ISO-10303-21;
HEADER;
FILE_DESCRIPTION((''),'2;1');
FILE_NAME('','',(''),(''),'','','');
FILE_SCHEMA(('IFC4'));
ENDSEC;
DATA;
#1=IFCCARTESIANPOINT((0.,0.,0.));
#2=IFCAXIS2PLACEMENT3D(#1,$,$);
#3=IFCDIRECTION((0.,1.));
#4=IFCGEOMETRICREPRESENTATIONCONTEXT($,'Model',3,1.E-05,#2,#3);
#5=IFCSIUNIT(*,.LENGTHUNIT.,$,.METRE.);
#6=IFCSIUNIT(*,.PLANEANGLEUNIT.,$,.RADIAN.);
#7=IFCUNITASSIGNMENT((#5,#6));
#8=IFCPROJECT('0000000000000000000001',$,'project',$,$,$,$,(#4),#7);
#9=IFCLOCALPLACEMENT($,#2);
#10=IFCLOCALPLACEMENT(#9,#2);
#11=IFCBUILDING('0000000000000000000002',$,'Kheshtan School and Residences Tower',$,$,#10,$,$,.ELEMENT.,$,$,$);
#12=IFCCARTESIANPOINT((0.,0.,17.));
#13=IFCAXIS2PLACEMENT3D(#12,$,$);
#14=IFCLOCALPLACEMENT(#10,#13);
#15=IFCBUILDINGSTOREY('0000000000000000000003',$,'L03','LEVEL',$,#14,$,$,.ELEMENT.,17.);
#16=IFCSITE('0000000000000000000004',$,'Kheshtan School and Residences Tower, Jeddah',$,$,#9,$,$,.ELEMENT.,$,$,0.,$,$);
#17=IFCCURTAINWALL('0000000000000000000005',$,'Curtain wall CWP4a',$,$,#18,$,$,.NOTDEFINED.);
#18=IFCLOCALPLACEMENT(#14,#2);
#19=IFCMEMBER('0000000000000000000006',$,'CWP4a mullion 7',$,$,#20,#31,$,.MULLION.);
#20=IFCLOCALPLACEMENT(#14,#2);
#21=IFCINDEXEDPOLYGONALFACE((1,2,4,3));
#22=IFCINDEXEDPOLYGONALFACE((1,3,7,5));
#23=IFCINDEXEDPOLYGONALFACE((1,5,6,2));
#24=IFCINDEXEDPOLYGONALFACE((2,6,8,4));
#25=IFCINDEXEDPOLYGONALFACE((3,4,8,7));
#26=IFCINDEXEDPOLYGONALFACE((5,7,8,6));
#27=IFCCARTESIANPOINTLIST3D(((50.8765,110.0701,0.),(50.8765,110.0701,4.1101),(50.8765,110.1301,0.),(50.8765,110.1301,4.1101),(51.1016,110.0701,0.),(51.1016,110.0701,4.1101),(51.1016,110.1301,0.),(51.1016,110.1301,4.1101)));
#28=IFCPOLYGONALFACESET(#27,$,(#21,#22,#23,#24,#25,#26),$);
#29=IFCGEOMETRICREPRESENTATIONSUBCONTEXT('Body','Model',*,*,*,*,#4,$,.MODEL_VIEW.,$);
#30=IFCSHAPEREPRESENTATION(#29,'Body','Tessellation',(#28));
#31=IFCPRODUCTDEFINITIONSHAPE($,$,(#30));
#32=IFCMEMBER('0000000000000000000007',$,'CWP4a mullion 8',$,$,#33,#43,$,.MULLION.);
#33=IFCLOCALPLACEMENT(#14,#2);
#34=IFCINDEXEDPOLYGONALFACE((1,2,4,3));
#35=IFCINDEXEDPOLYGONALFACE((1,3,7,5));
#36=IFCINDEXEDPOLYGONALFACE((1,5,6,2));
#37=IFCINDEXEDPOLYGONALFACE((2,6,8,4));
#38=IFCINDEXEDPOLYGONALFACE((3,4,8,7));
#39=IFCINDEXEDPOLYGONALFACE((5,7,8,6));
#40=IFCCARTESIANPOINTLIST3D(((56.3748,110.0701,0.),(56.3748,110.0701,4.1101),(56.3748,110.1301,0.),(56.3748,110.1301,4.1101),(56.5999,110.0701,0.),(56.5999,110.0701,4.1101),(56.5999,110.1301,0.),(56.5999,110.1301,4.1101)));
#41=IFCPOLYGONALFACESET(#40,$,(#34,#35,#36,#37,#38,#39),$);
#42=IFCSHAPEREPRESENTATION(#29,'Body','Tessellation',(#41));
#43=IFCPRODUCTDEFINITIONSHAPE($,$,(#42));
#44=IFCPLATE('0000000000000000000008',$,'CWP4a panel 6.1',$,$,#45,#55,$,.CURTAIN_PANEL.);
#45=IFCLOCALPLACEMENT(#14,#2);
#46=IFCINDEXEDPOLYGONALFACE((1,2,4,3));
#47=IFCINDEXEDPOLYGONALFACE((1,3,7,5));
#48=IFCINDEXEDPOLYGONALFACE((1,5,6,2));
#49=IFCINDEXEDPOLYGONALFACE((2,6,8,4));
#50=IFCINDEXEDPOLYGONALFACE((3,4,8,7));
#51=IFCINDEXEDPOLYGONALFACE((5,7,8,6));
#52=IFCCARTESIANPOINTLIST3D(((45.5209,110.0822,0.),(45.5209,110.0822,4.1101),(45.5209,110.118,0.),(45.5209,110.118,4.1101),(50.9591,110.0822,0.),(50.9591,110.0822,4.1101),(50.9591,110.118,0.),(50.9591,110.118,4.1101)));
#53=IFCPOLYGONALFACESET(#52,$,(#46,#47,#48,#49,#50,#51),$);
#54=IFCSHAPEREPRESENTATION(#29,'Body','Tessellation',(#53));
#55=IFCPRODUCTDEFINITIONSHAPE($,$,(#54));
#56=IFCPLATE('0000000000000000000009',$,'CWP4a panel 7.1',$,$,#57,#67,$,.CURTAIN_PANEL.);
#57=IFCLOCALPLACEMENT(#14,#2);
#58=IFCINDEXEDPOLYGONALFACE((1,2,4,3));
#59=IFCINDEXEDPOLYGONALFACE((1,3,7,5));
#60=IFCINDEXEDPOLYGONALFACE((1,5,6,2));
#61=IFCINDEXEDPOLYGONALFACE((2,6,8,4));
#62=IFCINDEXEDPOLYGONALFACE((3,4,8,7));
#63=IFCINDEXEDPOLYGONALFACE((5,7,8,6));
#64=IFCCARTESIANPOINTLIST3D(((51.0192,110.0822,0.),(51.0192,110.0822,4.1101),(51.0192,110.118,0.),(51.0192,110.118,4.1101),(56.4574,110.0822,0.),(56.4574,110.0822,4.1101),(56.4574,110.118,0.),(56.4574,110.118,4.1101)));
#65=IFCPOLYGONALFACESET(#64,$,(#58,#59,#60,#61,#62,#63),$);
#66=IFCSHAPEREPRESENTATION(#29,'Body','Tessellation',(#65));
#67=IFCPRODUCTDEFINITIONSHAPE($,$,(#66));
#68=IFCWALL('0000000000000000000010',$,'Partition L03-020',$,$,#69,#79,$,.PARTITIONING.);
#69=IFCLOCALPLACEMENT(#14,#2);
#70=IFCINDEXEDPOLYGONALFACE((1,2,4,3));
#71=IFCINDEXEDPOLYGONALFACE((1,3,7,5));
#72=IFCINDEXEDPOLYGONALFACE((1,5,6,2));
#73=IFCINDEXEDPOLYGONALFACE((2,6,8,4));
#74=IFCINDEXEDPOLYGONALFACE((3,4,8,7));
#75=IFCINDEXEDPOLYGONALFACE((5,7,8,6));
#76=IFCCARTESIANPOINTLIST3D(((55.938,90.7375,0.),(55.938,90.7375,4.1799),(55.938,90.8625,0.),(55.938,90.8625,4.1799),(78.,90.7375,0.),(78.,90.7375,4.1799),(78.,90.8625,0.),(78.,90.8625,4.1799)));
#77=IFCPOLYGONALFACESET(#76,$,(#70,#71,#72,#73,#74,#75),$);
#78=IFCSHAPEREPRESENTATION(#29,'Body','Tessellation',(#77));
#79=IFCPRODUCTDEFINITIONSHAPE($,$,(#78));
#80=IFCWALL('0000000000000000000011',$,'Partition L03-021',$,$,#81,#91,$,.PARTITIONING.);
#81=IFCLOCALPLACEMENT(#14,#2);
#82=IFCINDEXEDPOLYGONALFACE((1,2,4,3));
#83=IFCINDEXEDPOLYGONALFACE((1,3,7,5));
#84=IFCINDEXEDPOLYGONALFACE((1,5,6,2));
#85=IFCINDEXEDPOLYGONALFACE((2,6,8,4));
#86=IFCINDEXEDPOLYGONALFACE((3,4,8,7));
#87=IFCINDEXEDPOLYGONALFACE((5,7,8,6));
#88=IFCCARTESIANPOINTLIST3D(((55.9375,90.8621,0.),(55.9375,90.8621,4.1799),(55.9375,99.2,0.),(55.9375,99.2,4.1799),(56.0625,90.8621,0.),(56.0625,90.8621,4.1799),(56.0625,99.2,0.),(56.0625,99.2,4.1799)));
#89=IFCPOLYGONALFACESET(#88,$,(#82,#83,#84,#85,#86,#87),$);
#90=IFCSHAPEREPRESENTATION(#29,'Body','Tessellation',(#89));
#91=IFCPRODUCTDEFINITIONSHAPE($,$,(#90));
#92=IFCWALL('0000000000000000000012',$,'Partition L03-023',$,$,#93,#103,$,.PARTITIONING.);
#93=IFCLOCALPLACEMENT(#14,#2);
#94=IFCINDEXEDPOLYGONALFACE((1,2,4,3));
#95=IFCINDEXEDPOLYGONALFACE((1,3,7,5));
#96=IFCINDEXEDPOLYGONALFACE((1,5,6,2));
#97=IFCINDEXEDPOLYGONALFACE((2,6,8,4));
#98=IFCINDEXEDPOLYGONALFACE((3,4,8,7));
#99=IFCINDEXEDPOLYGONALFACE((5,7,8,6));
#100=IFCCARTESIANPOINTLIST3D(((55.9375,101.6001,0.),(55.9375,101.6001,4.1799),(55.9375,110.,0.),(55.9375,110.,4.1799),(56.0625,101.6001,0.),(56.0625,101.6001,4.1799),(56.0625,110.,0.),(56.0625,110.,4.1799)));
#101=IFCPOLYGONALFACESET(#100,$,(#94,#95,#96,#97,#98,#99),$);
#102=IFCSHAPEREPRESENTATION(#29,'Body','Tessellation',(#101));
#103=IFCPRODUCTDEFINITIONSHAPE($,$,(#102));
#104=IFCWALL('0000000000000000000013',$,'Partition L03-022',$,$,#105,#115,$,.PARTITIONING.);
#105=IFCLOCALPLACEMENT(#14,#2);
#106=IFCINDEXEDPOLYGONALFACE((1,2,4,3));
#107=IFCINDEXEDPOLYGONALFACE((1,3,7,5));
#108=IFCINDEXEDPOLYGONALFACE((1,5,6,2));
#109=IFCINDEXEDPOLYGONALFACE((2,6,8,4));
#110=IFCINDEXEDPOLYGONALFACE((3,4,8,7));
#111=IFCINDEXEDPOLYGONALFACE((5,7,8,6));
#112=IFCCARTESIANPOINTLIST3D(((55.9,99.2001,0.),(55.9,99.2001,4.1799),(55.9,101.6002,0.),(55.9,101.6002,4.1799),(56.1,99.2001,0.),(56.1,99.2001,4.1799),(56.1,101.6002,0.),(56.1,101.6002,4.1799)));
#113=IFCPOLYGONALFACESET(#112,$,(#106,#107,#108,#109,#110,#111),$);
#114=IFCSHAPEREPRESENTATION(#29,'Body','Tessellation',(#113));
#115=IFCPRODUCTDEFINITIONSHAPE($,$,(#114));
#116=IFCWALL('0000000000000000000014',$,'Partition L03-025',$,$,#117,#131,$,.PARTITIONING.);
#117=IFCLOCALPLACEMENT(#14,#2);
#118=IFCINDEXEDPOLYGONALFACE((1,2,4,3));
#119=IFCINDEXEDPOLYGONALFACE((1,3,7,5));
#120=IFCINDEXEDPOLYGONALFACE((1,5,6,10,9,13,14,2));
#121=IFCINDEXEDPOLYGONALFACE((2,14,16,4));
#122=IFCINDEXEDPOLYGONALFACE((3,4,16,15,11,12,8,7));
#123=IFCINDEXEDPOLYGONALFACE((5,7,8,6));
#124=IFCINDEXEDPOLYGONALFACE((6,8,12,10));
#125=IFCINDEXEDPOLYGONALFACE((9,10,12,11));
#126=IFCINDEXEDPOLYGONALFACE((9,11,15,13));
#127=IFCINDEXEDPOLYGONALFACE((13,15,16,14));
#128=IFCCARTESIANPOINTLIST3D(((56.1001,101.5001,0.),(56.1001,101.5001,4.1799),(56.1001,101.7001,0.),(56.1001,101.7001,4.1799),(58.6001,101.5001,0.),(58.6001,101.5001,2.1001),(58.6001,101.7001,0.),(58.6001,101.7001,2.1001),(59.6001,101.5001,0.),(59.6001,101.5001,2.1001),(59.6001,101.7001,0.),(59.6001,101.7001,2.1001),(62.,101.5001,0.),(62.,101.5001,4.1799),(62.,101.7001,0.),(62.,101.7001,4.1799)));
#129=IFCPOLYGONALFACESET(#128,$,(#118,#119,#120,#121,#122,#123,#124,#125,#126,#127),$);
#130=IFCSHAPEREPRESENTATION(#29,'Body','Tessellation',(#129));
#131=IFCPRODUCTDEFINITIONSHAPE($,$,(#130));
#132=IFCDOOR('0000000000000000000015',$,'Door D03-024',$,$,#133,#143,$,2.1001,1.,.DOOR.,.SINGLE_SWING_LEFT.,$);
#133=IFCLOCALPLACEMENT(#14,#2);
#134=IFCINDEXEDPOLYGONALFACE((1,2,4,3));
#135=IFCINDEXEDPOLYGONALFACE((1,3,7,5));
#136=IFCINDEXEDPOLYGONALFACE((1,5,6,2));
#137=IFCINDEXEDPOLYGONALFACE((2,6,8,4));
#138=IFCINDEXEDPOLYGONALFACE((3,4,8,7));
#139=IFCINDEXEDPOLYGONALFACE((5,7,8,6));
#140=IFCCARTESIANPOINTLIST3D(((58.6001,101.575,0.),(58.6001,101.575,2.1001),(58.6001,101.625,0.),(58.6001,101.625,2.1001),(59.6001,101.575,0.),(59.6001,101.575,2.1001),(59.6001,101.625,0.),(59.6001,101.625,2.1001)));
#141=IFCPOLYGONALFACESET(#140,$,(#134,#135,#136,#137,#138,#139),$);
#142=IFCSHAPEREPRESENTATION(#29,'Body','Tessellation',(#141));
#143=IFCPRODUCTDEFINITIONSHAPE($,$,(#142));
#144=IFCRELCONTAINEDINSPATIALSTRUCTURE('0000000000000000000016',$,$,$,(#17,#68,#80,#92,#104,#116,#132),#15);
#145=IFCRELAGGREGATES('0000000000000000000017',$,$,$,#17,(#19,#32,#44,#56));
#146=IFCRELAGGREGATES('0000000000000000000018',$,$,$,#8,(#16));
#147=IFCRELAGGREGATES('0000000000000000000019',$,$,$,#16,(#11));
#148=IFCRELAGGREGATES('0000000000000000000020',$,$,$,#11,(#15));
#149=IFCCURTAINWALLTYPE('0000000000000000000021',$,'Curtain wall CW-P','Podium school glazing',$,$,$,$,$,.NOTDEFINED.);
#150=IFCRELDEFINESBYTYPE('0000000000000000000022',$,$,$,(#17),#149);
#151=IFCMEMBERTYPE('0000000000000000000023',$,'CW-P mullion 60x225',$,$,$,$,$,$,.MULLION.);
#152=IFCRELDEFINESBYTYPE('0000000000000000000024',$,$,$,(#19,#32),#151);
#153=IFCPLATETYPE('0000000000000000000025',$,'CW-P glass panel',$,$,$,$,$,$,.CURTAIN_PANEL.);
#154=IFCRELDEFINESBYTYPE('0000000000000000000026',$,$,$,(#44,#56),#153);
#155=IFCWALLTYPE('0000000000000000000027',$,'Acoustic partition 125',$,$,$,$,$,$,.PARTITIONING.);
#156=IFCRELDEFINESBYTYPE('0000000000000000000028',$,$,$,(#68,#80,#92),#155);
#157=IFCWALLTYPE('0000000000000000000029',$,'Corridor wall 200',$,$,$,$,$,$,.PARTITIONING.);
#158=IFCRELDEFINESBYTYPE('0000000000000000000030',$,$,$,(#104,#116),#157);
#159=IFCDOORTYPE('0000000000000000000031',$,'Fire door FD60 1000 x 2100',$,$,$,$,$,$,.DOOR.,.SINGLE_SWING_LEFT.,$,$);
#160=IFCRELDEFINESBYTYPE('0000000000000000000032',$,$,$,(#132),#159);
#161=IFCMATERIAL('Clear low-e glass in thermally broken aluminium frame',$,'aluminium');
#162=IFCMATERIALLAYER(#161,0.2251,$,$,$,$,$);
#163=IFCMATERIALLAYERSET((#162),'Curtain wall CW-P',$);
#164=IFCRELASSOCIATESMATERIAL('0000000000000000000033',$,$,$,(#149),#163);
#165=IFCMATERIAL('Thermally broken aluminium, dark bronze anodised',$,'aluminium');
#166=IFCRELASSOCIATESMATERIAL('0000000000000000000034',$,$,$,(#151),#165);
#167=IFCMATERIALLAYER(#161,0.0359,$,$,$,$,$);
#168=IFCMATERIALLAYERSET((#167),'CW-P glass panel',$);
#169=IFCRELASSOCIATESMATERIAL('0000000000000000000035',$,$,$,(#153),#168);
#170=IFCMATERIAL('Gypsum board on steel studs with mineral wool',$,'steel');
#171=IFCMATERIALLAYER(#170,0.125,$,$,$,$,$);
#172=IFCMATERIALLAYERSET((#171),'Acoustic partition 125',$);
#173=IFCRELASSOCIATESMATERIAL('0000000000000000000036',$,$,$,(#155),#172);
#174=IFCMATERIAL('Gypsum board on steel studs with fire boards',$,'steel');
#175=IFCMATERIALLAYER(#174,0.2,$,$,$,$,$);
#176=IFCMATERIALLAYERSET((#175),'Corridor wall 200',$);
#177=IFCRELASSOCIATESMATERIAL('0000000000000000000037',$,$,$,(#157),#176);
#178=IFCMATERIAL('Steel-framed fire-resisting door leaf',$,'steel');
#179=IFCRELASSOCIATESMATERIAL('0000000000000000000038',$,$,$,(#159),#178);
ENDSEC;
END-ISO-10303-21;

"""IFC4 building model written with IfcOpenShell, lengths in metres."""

from ifc_helpers import new_model, si_unit, direction, frame, frame_2d, origin, origin_2d, place, context, subcontext, project, spatial, rectangle, extrude, source, transform, mapped, material, layer, layer_set, material_profile, profile_set, type_object, element, fill, aggregate, save


model = new_model("IFC4")

# Units and contexts
model_context = context("Model", 3, precision=1e-05, world=origin(), true_north=direction((0.0, 1.0)))
body_context = subcontext(model_context, "Body", "Model", "MODEL_VIEW")
ifc_project = project(units=[si_unit("LENGTHUNIT", "METRE"), si_unit("PLANEANGLEUNIT", "RADIAN")], contexts=[model_context])

# Site, building, storey
site_placement = place(None, origin())
site = spatial("IfcSite", under=ifc_project, at=site_placement, Name="Kheshtan School and Residences Tower, Jeddah", CompositionType="ELEMENT", RefElevation=0.0)
building_placement = place(site_placement, origin())
building = spatial("IfcBuilding", under=site, at=building_placement, Name="Kheshtan School and Residences Tower", CompositionType="ELEMENT")
storey_placement = place(building_placement, frame((0.0, 0.0, 17.0)))
storey = spatial("IfcBuildingStorey", under=building, at=storey_placement, Name="L03", Description="LEVEL", CompositionType="ELEMENT", Elevation=17.0)

# Curtain wall, members, plates
ifc_material_1 = material(Name="Clear low-e glass in thermally broken aluminium frame", Category="aluminium")
ifc_layer_1 = layer(ifc_material_1, 0.2251)
ifc_layer_set_1 = layer_set([ifc_layer_1], Name="Curtain wall CW-P")
curtain_wall_type = type_object("IfcCurtainWallType", Name="Curtain wall CW-P", Description="Podium school glazing", PredefinedType="NOTDEFINED", material=ifc_layer_set_1)
curtain_wall_placement = place(storey_placement, origin())
curtain_wall = element("IfcCurtainWall", 1, at=curtain_wall_placement, inside=storey, type_object=curtain_wall_type, Name="Curtain wall CWP4a", PredefinedType="NOTDEFINED")
ifc_material_2 = material(Name="Thermally broken aluminium, dark bronze anodised", Category="aluminium")
ifc_material_profile = material_profile(ifc_material_2, rectangle(XDim=0.0601, YDim=0.2251, at=origin_2d()), Name="CW-P mullion 60x225")
ifc_profile_set = profile_set([ifc_material_profile], Name="Thermally broken aluminium, dark bronze anodised")
member_type = type_object("IfcMemberType", Name="CW-P mullion 60x225", PredefinedType="MULLION", material=ifc_profile_set)
member_1_placement = place(storey_placement, frame((50.989, 110.1001, 0.0), z_axis=(0.0, 0.0, 1.0), x_axis=(0.0, 1.0, 0.0)))
member_1 = element("IfcMember", 2, at=member_1_placement, type_object=member_type, Name="CWP4a mullion 7", PredefinedType="MULLION", context=body_context, shape_type="SweptSolid", body=[
    extrude(rectangle(XDim=0.0601, YDim=0.2251, at=origin_2d()), origin(), (0.0, 0.0, 1.0), 4.1101),
])
member_2_placement = place(storey_placement, frame((56.4873, 110.1001, 0.0), z_axis=(0.0, 0.0, 1.0), x_axis=(0.0, 1.0, 0.0)))
member_2 = element("IfcMember", 3, at=member_2_placement, type_object=member_type, Name="CWP4a mullion 8", PredefinedType="MULLION", context=body_context, shape_type="SweptSolid", body=[
    extrude(rectangle(XDim=0.0601, YDim=0.2251, at=origin_2d()), origin(), (0.0, 0.0, 1.0), 4.1101),
])
ifc_layer_2 = layer(ifc_material_1, 0.0359)
ifc_layer_set_2 = layer_set([ifc_layer_2], Name="CW-P glass panel")
plate_type = type_object("IfcPlateType", Name="CW-P glass panel", PredefinedType="CURTAIN_PANEL", material=ifc_layer_set_2)
plate_1_placement = place(storey_placement, frame((48.24, 110.1001, 0.0), z_axis=(0.0, 0.0, 1.0), x_axis=(1.0, 0.0, 0.0)))
plate_1 = element("IfcPlate", 4, at=plate_1_placement, type_object=plate_type, Name="CWP4a panel 6.1", PredefinedType="CURTAIN_PANEL", context=body_context, shape_type="SweptSolid", body=[
    extrude(rectangle(XDim=5.4382, YDim=0.0359, at=origin_2d()), origin(), (0.0, 0.0, 1.0), 4.1101),
])
plate_2_placement = place(storey_placement, frame((53.7383, 110.1001, 0.0), z_axis=(0.0, 0.0, 1.0), x_axis=(1.0, 0.0, 0.0)))
plate_2 = element("IfcPlate", 5, at=plate_2_placement, type_object=plate_type, Name="CWP4a panel 7.1", PredefinedType="CURTAIN_PANEL", context=body_context, shape_type="SweptSolid", body=[
    extrude(rectangle(XDim=5.4382, YDim=0.0359, at=origin_2d()), origin(), (0.0, 0.0, 1.0), 4.1101),
])
aggregate(curtain_wall, [member_1, member_2, plate_1, plate_2])

# Walls
ifc_material_3 = material(Name="Gypsum board on steel studs with mineral wool", Category="steel")
ifc_layer_3 = layer(ifc_material_3, 0.125)
ifc_layer_set_3 = layer_set([ifc_layer_3], Name="Acoustic partition 125")
wall_type_1 = type_object("IfcWallType", Name="Acoustic partition 125", PredefinedType="PARTITIONING", material=ifc_layer_set_3)
wall_1_placement = place(storey_placement, frame((55.938, 90.8, 0.0), z_axis=(0.0, 0.0, 1.0), x_axis=(1.0, 0.0, 0.0)))
element("IfcWall", 6, at=wall_1_placement, inside=storey, type_object=wall_type_1, Name="Partition L03-020", PredefinedType="PARTITIONING", context=body_context, shape_type="SweptSolid", body=[
    extrude(rectangle(XDim=22.062, YDim=0.125, at=frame_2d((11.031, 0.0))), origin(), (0.0, 0.0, 1.0), 4.1799),
])
wall_2_placement = place(storey_placement, frame((56.0, 90.8621, 0.0), z_axis=(0.0, 0.0, 1.0), x_axis=(0.0, 1.0, 0.0)))
element("IfcWall", 7, at=wall_2_placement, inside=storey, type_object=wall_type_1, Name="Partition L03-021", PredefinedType="PARTITIONING", context=body_context, shape_type="SweptSolid", body=[
    extrude(rectangle(XDim=8.3379, YDim=0.125, at=frame_2d((4.1689, 0.0))), origin(), (0.0, 0.0, 1.0), 4.1799),
])
wall_3_placement = place(storey_placement, frame((56.0, 101.6001, 0.0), z_axis=(0.0, 0.0, 1.0), x_axis=(0.0, 1.0, 0.0)))
element("IfcWall", 8, at=wall_3_placement, inside=storey, type_object=wall_type_1, Name="Partition L03-023", PredefinedType="PARTITIONING", context=body_context, shape_type="SweptSolid", body=[
    extrude(rectangle(XDim=8.3999, YDim=0.125, at=frame_2d((4.2, 0.0))), origin(), (0.0, 0.0, 1.0), 4.1799),
])
ifc_material_4 = material(Name="Gypsum board on steel studs with fire boards", Category="steel")
ifc_layer_4 = layer(ifc_material_4, 0.2)
ifc_layer_set_4 = layer_set([ifc_layer_4], Name="Corridor wall 200")
wall_type_2 = type_object("IfcWallType", Name="Corridor wall 200", PredefinedType="PARTITIONING", material=ifc_layer_set_4)
wall_4_placement = place(storey_placement, frame((56.0, 99.2, 0.0), z_axis=(0.0, 0.0, 1.0), x_axis=(0.0, 1.0, 0.0)))
element("IfcWall", 9, at=wall_4_placement, inside=storey, type_object=wall_type_2, Name="Partition L03-022", PredefinedType="PARTITIONING", context=body_context, shape_type="SweptSolid", body=[
    extrude(rectangle(XDim=2.4001, YDim=0.2, at=frame_2d((1.2002, 0.0))), origin(), (0.0, 0.0, 1.0), 4.1799),
])

# Shared definitions
ifc_material_5 = material(Name="Steel-framed fire-resisting door leaf", Category="steel")
door_type = type_object("IfcDoorType", Name="Fire door FD60 1000 x 2100", OperationType="SINGLE_SWING_LEFT", PredefinedType="DOOR", material=ifc_material_5)
shared_shape = source(origin(), body_context, "Body", "SweptSolid", [
    extrude(rectangle(XDim=1.0, YDim=2.1001, at=frame_2d((0.5, 1.05))), frame((0.0, 0.0249, 0.0), z_axis=(0.0, -1.0, 0.0), x_axis=(1.0, 0.0, 0.0)), (0.0, 0.0, 1.0), 0.05),
])

# Wall, opening, door
wall_5_placement = place(storey_placement, frame((56.1001, 101.6001, 0.0), z_axis=(0.0, 0.0, 1.0), x_axis=(1.0, 0.0, 0.0)))
wall_5 = element("IfcWall", 10, at=wall_5_placement, inside=storey, type_object=wall_type_2, Name="Partition L03-025", PredefinedType="PARTITIONING", context=body_context, shape_type="SweptSolid", body=[
    extrude(rectangle(XDim=5.8999, YDim=0.2, at=frame_2d((2.95, 0.0))), origin(), (0.0, 0.0, 1.0), 4.1799),
])
opening_1_placement = place(wall_5_placement, frame((2.5, 0.0, 0.0)))
opening_1 = element("IfcOpeningElement", 11, at=opening_1_placement, cuts=wall_5, PredefinedType="OPENING", context=body_context, shape_type="SweptSolid", body=[
    extrude(rectangle(XDim=1.0, YDim=2.1001, at=frame_2d((0.5, 1.05))), frame((0.0, 0.1099, 0.0), z_axis=(0.0, -1.0, 0.0), x_axis=(1.0, 0.0, 0.0)), (0.0, 0.0, 1.0), 0.22),
])
door_1_placement = place(opening_1_placement, origin())
door_1 = element("IfcDoor", 12, at=door_1_placement, inside=storey, type_object=door_type, Name="Door D03-024", OperationType="SINGLE_SWING_LEFT", OverallHeight=2.1001, OverallWidth=1.0, PredefinedType="DOOR", context=body_context, shape_type="MappedRepresentation", body=[
    mapped(shared_shape, transform((0.0, 0.0, 0.0), x_axis=(1.0, 0.0, 0.0), y_axis=(0.0, 1.0, 0.0), z_axis=(0.0, 0.0, 1.0), scale=1.0)),
])
fill(opening_1, door_1)

save(model, "model.ifc")
